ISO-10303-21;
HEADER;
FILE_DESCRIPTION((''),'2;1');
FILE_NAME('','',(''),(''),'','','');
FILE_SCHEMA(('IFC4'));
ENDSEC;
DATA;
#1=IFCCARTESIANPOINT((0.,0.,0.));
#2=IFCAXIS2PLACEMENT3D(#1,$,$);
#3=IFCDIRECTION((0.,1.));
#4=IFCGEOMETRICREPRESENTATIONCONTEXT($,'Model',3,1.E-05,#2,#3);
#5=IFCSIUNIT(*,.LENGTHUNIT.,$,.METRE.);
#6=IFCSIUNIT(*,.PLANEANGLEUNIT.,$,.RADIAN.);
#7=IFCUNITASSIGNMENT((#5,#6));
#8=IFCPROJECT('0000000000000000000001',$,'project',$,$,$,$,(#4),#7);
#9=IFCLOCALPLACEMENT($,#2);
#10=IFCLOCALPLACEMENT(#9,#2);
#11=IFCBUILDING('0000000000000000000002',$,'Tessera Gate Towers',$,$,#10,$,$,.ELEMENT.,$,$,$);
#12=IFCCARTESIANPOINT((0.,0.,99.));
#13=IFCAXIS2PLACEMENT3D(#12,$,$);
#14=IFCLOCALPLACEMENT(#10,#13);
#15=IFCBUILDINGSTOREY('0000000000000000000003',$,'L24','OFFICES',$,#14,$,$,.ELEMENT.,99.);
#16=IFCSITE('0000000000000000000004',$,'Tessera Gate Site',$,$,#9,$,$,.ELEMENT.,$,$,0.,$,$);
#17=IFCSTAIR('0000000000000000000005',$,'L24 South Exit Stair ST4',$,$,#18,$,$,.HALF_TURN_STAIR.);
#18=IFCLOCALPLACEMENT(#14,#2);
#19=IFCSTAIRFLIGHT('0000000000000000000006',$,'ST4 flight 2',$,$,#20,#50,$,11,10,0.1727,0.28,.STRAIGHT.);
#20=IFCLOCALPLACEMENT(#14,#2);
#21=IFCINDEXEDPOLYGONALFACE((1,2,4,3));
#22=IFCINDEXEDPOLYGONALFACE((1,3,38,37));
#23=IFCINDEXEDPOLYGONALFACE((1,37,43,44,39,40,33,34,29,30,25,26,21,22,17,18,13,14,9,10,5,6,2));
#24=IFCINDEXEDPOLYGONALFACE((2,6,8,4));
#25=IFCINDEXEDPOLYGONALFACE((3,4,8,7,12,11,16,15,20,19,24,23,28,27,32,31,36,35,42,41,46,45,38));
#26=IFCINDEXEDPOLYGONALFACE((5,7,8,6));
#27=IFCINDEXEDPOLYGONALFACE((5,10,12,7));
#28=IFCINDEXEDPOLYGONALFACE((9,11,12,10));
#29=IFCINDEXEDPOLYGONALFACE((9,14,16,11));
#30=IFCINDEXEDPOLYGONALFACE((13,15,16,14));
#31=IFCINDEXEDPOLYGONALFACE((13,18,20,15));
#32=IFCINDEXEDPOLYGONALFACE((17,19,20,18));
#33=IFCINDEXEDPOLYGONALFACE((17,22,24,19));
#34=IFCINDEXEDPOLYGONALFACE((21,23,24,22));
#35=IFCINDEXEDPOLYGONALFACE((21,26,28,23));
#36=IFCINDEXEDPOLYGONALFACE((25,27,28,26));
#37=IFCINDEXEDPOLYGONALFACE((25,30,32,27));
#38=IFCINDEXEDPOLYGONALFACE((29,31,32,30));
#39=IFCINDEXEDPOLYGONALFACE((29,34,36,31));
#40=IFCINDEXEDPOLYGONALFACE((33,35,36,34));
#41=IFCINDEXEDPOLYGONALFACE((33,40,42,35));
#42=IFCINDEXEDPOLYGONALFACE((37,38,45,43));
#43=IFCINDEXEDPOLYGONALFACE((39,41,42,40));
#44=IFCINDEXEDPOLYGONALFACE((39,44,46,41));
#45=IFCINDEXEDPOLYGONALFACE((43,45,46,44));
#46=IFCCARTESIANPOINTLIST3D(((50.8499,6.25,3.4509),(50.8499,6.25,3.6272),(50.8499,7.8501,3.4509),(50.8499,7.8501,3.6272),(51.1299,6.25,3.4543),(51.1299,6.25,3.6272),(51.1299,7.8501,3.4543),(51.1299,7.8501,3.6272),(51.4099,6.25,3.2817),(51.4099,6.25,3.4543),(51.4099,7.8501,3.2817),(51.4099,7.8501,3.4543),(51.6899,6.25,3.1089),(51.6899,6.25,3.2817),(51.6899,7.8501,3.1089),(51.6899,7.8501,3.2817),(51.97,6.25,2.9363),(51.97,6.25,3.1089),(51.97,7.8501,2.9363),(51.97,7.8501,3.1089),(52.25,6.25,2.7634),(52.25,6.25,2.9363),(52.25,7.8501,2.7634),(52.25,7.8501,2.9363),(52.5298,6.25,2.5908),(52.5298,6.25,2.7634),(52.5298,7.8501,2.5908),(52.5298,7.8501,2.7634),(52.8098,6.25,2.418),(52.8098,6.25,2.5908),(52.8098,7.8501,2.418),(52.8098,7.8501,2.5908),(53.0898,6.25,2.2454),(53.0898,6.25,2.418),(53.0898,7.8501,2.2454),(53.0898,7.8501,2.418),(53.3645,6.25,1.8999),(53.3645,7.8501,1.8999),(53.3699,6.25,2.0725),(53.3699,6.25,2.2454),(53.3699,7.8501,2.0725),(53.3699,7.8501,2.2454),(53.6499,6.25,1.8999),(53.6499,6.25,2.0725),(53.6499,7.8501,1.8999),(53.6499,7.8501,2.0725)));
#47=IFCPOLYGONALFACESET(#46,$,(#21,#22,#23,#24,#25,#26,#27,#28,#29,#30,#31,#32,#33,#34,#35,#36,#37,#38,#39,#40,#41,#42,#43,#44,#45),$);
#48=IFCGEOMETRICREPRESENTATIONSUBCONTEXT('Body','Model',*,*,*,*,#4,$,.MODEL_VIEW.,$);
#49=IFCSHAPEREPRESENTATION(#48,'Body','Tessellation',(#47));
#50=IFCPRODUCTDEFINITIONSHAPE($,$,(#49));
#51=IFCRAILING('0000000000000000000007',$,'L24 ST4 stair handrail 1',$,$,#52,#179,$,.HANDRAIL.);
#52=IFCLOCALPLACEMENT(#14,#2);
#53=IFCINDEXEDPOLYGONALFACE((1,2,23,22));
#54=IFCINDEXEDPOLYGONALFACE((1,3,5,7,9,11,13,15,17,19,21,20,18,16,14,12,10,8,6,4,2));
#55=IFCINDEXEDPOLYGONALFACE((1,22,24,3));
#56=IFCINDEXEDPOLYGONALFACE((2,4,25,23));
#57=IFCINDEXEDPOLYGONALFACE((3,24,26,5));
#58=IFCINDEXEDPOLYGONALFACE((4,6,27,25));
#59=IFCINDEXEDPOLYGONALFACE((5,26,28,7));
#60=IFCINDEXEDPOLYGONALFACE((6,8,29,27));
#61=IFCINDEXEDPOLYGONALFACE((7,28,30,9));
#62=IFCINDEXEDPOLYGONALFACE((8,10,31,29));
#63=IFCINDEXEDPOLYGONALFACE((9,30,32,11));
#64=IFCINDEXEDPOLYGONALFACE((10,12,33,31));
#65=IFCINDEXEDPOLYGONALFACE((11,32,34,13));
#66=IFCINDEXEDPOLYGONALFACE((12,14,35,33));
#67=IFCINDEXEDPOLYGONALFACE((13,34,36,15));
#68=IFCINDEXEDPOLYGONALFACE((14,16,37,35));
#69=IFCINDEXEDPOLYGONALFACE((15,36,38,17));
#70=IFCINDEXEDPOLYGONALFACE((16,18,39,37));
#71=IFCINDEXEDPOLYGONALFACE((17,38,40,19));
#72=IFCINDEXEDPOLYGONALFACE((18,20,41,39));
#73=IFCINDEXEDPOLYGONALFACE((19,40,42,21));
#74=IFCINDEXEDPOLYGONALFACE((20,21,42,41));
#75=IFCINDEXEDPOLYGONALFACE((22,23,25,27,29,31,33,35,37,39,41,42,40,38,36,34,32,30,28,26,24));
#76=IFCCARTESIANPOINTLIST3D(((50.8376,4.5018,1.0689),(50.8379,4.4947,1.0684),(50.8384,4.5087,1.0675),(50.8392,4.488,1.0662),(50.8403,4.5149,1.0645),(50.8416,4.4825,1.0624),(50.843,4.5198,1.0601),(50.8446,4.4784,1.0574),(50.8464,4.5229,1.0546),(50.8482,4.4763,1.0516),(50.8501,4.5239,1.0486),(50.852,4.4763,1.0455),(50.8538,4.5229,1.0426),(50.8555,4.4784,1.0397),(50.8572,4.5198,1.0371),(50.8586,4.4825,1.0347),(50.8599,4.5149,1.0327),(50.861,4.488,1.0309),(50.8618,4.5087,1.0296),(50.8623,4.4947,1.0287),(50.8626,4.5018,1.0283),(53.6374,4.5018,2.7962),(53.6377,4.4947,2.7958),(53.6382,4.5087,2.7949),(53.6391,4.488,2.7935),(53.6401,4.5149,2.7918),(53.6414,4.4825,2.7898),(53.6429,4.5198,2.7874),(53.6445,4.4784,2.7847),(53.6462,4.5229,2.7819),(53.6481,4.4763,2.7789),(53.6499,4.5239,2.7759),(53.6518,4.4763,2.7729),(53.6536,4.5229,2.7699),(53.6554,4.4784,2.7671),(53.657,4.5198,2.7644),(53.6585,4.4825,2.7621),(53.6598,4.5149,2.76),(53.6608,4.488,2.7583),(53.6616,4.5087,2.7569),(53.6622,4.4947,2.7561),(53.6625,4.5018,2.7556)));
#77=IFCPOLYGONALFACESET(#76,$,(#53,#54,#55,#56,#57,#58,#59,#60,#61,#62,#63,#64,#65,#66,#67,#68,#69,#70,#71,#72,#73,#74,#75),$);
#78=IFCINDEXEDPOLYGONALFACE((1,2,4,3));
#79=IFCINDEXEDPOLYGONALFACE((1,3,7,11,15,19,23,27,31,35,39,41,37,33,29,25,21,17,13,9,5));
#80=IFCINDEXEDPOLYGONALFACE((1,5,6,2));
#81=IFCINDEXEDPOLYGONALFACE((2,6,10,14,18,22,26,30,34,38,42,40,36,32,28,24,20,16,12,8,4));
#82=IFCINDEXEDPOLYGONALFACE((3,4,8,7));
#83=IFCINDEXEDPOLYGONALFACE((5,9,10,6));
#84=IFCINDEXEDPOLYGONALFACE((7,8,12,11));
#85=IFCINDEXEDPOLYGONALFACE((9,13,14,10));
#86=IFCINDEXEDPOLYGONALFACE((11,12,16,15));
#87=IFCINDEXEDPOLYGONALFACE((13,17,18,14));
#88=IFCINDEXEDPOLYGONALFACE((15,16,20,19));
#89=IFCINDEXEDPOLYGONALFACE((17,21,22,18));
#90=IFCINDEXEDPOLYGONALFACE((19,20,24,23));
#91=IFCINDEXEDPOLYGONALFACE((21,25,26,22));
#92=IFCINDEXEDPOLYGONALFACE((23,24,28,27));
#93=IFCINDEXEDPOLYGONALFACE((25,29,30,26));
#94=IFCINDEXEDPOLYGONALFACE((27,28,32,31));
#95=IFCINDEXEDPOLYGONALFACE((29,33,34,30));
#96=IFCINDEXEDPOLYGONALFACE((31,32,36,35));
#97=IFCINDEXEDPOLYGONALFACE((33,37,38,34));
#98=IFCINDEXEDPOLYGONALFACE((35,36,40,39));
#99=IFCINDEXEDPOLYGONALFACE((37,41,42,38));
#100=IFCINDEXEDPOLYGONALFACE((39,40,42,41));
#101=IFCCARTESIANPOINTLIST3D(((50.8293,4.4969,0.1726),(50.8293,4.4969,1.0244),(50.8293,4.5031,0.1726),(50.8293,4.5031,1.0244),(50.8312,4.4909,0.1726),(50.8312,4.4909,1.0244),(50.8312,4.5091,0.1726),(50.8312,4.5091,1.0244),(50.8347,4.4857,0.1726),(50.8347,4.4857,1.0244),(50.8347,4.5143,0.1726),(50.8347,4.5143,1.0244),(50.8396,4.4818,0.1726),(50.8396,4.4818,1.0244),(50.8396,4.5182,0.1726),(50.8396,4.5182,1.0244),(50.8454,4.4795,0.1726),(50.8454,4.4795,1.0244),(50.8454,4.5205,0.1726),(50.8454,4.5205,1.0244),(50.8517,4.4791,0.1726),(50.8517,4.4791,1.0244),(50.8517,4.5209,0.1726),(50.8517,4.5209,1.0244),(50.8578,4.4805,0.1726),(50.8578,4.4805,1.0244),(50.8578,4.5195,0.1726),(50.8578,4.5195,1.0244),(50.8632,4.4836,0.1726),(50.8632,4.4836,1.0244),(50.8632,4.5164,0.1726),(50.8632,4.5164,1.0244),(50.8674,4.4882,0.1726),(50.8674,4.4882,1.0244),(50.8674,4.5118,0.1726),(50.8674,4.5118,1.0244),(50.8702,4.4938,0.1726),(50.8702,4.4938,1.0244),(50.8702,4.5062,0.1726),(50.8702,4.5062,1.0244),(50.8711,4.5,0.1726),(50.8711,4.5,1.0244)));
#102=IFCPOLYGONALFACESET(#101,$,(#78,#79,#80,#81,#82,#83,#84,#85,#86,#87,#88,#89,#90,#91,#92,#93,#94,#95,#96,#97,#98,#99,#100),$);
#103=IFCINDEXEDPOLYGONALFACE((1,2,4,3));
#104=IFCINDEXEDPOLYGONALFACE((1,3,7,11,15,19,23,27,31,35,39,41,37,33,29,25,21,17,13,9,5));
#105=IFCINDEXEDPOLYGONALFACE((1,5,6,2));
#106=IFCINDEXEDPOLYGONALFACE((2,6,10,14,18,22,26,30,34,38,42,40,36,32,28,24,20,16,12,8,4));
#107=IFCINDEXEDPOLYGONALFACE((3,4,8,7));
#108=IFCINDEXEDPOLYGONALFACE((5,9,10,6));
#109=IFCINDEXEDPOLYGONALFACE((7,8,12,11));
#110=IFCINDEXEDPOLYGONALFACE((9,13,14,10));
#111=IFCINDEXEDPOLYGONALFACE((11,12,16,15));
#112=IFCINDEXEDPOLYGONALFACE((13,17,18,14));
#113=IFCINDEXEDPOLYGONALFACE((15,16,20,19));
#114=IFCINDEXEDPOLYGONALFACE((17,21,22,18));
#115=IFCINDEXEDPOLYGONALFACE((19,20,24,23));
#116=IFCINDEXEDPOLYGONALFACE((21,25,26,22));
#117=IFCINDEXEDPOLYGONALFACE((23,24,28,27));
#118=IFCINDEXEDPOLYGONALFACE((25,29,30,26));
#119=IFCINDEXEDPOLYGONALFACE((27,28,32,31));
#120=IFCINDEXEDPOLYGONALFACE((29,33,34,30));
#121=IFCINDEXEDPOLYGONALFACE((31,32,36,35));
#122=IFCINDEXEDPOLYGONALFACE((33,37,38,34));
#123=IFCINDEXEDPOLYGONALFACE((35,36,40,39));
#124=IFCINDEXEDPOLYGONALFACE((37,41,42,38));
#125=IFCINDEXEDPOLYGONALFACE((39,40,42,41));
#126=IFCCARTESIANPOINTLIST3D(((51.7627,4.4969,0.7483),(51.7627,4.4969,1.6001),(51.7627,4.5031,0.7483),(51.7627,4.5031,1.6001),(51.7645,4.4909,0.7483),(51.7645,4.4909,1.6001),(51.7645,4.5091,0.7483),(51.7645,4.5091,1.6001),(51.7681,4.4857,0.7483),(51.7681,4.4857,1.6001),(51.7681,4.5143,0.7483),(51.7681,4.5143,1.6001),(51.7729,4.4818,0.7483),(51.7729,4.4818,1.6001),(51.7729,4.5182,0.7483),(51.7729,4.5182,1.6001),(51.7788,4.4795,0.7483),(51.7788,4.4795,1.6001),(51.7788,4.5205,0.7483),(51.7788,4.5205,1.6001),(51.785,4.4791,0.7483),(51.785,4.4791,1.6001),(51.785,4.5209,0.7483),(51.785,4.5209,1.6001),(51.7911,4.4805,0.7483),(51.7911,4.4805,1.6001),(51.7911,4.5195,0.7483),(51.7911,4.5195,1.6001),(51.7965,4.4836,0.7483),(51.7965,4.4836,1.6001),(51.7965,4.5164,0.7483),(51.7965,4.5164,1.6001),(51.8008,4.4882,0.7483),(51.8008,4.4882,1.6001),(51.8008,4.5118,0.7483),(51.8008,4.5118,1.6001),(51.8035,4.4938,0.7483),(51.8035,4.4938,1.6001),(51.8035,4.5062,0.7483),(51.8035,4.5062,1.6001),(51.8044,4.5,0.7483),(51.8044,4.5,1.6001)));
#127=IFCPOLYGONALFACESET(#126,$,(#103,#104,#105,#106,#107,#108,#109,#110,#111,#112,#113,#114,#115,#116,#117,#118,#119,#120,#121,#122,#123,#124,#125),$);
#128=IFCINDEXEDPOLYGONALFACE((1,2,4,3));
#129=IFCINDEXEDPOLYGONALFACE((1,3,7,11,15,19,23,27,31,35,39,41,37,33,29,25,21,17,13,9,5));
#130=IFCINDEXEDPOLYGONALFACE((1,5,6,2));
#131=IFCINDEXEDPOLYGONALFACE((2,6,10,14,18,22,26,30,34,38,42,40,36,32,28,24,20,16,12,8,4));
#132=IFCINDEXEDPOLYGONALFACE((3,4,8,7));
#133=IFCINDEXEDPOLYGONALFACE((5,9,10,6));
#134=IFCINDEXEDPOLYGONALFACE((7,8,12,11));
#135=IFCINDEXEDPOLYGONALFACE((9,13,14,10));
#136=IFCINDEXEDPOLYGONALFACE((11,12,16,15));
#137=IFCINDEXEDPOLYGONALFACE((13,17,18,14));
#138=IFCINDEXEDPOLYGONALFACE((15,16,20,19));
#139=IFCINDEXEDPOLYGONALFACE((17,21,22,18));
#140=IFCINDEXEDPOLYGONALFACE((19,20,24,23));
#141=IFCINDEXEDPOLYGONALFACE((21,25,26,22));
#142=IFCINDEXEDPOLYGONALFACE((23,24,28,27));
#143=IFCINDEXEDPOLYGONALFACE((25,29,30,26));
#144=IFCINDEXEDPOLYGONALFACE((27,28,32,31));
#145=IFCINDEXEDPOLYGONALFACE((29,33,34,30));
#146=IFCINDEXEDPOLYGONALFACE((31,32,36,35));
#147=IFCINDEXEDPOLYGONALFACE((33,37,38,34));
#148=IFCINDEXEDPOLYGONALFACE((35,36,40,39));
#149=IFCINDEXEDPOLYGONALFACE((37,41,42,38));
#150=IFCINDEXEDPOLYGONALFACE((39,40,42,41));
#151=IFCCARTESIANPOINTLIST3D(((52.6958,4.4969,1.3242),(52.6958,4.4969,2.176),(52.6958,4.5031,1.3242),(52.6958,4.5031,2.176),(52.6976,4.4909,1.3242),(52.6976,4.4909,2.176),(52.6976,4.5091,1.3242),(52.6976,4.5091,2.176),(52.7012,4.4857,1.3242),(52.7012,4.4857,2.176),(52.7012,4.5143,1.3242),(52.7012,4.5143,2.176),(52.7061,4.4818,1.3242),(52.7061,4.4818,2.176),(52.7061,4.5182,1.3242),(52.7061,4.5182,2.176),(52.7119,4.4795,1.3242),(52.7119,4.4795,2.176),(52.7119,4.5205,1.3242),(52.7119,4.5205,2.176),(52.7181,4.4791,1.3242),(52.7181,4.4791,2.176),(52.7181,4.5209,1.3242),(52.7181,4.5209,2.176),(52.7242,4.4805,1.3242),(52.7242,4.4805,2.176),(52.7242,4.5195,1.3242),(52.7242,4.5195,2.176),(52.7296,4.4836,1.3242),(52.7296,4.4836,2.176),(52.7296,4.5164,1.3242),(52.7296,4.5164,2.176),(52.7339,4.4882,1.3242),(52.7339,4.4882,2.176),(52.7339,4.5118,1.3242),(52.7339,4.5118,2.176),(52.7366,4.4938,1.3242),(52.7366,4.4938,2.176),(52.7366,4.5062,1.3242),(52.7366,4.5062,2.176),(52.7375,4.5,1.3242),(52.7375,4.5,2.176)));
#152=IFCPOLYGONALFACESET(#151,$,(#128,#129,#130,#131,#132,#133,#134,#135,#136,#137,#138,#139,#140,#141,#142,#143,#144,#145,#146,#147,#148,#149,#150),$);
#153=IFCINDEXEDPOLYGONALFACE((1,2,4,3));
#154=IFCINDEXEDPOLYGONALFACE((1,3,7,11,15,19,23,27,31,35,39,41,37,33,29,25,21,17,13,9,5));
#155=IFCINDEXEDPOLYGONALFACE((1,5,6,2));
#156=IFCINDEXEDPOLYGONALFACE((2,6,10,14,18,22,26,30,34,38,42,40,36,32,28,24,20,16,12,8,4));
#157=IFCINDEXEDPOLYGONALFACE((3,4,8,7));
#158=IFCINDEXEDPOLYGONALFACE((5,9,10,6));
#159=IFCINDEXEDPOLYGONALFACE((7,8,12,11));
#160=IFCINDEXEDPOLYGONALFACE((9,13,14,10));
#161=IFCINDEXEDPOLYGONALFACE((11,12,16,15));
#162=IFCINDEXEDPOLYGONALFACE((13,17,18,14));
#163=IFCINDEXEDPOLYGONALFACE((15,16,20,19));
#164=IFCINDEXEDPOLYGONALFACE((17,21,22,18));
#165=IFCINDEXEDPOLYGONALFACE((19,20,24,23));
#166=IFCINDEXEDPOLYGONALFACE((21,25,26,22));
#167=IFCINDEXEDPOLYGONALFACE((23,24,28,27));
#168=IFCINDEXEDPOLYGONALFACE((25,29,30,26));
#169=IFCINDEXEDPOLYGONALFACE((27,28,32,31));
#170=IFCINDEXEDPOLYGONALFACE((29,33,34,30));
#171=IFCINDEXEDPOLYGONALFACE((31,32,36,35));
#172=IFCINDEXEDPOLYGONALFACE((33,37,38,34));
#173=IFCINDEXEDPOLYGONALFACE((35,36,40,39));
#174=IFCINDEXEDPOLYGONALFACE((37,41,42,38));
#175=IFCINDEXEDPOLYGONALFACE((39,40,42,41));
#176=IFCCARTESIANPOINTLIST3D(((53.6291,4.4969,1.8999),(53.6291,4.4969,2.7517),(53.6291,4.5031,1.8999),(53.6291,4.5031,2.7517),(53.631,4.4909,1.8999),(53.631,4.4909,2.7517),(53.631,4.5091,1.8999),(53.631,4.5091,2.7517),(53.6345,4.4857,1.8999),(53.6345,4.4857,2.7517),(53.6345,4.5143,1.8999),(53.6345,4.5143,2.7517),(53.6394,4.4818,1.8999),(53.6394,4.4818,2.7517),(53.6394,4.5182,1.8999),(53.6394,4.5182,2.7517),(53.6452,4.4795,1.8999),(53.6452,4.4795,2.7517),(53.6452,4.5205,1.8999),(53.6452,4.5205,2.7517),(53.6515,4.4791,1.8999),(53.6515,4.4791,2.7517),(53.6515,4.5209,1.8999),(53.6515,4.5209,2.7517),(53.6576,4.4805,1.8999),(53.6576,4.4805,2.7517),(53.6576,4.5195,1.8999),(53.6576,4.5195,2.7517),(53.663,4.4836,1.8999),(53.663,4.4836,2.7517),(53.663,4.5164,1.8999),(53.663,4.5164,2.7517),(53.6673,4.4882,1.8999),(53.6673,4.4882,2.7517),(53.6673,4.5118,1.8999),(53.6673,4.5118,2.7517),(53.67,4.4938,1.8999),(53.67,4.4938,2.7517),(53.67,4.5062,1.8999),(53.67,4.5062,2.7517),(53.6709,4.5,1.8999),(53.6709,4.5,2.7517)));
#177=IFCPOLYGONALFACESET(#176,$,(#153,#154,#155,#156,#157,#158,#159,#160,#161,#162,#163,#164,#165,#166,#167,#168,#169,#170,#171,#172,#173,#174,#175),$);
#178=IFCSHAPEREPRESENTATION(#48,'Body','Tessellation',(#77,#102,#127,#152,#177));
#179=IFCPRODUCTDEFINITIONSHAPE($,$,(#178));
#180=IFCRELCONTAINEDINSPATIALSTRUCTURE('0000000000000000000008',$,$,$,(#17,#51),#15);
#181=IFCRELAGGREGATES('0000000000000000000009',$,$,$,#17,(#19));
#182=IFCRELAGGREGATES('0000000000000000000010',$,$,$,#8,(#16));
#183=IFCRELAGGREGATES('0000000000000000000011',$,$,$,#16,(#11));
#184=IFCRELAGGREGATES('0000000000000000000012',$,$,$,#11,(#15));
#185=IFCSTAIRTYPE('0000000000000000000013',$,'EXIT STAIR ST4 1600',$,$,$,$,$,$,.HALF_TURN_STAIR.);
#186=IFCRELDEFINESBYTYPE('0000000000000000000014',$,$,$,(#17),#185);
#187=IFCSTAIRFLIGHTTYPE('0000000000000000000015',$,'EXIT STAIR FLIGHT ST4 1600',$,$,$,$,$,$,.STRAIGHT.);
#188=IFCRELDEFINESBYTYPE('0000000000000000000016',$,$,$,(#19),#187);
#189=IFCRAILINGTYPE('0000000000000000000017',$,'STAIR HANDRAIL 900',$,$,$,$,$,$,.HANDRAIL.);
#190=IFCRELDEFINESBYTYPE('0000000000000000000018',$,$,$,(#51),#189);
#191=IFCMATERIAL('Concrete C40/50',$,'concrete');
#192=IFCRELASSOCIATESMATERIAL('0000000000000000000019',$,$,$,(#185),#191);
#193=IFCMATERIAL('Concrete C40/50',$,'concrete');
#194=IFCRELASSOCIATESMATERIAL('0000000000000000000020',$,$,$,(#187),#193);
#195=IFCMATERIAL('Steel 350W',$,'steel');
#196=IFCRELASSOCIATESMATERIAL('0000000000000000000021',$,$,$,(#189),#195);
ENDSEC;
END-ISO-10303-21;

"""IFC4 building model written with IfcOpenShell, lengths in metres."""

from ifc_helpers import new_model, si_unit, direction, frame, origin, origin_2d, place, context, subcontext, project, spatial, polyline, circle, outline, extrude, material, type_object, element, aggregate, save


model = new_model("IFC4")

# Units and contexts
model_context = context("Model", 3, precision=1e-05, world=origin(), true_north=direction((0.0, 1.0)))
body_context = subcontext(model_context, "Body", "Model", "MODEL_VIEW")
ifc_project = project(units=[si_unit("LENGTHUNIT", "METRE"), si_unit("PLANEANGLEUNIT", "RADIAN")], contexts=[model_context])

# Site, building, storey
site_placement = place(None, origin())
site = spatial("IfcSite", under=ifc_project, at=site_placement, Name="Tessera Gate Site", CompositionType="ELEMENT", RefElevation=0.0)
building_placement = place(site_placement, origin())
building = spatial("IfcBuilding", under=site, at=building_placement, Name="Tessera Gate Towers", CompositionType="ELEMENT")
storey_placement = place(building_placement, frame((0.0, 0.0, 99.0)))
storey = spatial("IfcBuildingStorey", under=building, at=storey_placement, Name="L24", Description="OFFICES", CompositionType="ELEMENT", Elevation=99.0)

# Stair, stair flight
ifc_material_1 = material(Name="Concrete C40/50", Category="concrete")
stair_type_1 = type_object("IfcStairType", Name="EXIT STAIR ST4 1600", PredefinedType="HALF_TURN_STAIR", material=ifc_material_1)
stair_1_placement = place(storey_placement, origin())
stair_1 = element("IfcStair", 1, at=stair_1_placement, inside=storey, type_object=stair_type_1, Name="L24 South Exit Stair ST4", PredefinedType="HALF_TURN_STAIR")
ifc_material_2 = material(Name="Concrete C40/50", Category="concrete")
stair_flight_type_1 = type_object("IfcStairFlightType", Name="EXIT STAIR FLIGHT ST4 1600", PredefinedType="STRAIGHT", material=ifc_material_2)
stair_flight_1_placement = place(storey_placement, frame((53.6499, 7.05, 1.8999), z_axis=(0.0, 0.0, 1.0), x_axis=(-1.0, 0.0, 0.0)))
stair_flight_1 = element("IfcStairFlight", 2, at=stair_flight_1_placement, type_object=stair_flight_type_1, Name="ST4 flight 2", NumberOfRisers=11, NumberOfTreads=10, PredefinedType="STRAIGHT", RiserHeight=0.1727, TreadLength=0.28, context=body_context, shape_type="SweptSolid", body=[
    extrude(outline(polyline([(0.0, 0.0), (0.0, 0.1726), (0.28, 0.1726), (0.28, 0.3455), (0.5601, 0.3455), (0.5601, 0.5181), (0.8401, 0.5181), (0.8401, 0.6909), (1.1201, 0.6909), (1.1201, 0.8635), (1.3999, 0.8635), (1.3999, 1.0364), (1.6799, 1.0364), (1.6799, 1.209), (1.96, 1.209), (1.96, 1.3818), (2.24, 1.3818), (2.24, 1.5544), (2.52, 1.5544), (2.52, 1.7273), (2.8, 1.7273), (2.8, 1.8999), (2.8, 1.551), (0.2854, 0.0), (0.0, 0.0)])), frame((0.0, 0.8, 0.0), z_axis=(0.0, -1.0, 0.0), x_axis=(1.0, 0.0, 0.0)), (0.0, 0.0, 1.0), 1.6001),
])
aggregate(stair_1, [stair_flight_1])

# Railing
ifc_material_3 = material(Name="Steel 350W", Category="steel")
railing_type_1 = type_object("IfcRailingType", Name="STAIR HANDRAIL 900", PredefinedType="HANDRAIL", material=ifc_material_3)
railing_1_placement = place(storey_placement, frame((50.8501, 4.5, 0.1726)))
element("IfcRailing", 3, at=railing_1_placement, inside=storey, type_object=railing_type_1, Name="L24 ST4 stair handrail 1", PredefinedType="HANDRAIL", context=body_context, shape_type="SweptSolid", body=[
    extrude(circle(Radius=0.0239, at=origin_2d()), frame((0.0, 0.0, 0.876), z_axis=(0.851069, 0.0, 0.525054), x_axis=(0.0, 1.0, 0.0)), (0.0, 0.0, 1.0), 3.2898),
    extrude(circle(Radius=0.021, at=origin_2d()), origin(), (0.0, 0.0, 1.0), 0.8518),
    extrude(circle(Radius=0.021, at=origin_2d()), frame((0.9333, 0.0, 0.5757)), (0.0, 0.0, 1.0), 0.8518),
    extrude(circle(Radius=0.021, at=origin_2d()), frame((1.8665, 0.0, 1.1516)), (0.0, 0.0, 1.0), 0.8518),
    extrude(circle(Radius=0.021, at=origin_2d()), frame((2.7998, 0.0, 1.7273)), (0.0, 0.0, 1.0), 0.8518),
])

save(model, "model.ifc")
